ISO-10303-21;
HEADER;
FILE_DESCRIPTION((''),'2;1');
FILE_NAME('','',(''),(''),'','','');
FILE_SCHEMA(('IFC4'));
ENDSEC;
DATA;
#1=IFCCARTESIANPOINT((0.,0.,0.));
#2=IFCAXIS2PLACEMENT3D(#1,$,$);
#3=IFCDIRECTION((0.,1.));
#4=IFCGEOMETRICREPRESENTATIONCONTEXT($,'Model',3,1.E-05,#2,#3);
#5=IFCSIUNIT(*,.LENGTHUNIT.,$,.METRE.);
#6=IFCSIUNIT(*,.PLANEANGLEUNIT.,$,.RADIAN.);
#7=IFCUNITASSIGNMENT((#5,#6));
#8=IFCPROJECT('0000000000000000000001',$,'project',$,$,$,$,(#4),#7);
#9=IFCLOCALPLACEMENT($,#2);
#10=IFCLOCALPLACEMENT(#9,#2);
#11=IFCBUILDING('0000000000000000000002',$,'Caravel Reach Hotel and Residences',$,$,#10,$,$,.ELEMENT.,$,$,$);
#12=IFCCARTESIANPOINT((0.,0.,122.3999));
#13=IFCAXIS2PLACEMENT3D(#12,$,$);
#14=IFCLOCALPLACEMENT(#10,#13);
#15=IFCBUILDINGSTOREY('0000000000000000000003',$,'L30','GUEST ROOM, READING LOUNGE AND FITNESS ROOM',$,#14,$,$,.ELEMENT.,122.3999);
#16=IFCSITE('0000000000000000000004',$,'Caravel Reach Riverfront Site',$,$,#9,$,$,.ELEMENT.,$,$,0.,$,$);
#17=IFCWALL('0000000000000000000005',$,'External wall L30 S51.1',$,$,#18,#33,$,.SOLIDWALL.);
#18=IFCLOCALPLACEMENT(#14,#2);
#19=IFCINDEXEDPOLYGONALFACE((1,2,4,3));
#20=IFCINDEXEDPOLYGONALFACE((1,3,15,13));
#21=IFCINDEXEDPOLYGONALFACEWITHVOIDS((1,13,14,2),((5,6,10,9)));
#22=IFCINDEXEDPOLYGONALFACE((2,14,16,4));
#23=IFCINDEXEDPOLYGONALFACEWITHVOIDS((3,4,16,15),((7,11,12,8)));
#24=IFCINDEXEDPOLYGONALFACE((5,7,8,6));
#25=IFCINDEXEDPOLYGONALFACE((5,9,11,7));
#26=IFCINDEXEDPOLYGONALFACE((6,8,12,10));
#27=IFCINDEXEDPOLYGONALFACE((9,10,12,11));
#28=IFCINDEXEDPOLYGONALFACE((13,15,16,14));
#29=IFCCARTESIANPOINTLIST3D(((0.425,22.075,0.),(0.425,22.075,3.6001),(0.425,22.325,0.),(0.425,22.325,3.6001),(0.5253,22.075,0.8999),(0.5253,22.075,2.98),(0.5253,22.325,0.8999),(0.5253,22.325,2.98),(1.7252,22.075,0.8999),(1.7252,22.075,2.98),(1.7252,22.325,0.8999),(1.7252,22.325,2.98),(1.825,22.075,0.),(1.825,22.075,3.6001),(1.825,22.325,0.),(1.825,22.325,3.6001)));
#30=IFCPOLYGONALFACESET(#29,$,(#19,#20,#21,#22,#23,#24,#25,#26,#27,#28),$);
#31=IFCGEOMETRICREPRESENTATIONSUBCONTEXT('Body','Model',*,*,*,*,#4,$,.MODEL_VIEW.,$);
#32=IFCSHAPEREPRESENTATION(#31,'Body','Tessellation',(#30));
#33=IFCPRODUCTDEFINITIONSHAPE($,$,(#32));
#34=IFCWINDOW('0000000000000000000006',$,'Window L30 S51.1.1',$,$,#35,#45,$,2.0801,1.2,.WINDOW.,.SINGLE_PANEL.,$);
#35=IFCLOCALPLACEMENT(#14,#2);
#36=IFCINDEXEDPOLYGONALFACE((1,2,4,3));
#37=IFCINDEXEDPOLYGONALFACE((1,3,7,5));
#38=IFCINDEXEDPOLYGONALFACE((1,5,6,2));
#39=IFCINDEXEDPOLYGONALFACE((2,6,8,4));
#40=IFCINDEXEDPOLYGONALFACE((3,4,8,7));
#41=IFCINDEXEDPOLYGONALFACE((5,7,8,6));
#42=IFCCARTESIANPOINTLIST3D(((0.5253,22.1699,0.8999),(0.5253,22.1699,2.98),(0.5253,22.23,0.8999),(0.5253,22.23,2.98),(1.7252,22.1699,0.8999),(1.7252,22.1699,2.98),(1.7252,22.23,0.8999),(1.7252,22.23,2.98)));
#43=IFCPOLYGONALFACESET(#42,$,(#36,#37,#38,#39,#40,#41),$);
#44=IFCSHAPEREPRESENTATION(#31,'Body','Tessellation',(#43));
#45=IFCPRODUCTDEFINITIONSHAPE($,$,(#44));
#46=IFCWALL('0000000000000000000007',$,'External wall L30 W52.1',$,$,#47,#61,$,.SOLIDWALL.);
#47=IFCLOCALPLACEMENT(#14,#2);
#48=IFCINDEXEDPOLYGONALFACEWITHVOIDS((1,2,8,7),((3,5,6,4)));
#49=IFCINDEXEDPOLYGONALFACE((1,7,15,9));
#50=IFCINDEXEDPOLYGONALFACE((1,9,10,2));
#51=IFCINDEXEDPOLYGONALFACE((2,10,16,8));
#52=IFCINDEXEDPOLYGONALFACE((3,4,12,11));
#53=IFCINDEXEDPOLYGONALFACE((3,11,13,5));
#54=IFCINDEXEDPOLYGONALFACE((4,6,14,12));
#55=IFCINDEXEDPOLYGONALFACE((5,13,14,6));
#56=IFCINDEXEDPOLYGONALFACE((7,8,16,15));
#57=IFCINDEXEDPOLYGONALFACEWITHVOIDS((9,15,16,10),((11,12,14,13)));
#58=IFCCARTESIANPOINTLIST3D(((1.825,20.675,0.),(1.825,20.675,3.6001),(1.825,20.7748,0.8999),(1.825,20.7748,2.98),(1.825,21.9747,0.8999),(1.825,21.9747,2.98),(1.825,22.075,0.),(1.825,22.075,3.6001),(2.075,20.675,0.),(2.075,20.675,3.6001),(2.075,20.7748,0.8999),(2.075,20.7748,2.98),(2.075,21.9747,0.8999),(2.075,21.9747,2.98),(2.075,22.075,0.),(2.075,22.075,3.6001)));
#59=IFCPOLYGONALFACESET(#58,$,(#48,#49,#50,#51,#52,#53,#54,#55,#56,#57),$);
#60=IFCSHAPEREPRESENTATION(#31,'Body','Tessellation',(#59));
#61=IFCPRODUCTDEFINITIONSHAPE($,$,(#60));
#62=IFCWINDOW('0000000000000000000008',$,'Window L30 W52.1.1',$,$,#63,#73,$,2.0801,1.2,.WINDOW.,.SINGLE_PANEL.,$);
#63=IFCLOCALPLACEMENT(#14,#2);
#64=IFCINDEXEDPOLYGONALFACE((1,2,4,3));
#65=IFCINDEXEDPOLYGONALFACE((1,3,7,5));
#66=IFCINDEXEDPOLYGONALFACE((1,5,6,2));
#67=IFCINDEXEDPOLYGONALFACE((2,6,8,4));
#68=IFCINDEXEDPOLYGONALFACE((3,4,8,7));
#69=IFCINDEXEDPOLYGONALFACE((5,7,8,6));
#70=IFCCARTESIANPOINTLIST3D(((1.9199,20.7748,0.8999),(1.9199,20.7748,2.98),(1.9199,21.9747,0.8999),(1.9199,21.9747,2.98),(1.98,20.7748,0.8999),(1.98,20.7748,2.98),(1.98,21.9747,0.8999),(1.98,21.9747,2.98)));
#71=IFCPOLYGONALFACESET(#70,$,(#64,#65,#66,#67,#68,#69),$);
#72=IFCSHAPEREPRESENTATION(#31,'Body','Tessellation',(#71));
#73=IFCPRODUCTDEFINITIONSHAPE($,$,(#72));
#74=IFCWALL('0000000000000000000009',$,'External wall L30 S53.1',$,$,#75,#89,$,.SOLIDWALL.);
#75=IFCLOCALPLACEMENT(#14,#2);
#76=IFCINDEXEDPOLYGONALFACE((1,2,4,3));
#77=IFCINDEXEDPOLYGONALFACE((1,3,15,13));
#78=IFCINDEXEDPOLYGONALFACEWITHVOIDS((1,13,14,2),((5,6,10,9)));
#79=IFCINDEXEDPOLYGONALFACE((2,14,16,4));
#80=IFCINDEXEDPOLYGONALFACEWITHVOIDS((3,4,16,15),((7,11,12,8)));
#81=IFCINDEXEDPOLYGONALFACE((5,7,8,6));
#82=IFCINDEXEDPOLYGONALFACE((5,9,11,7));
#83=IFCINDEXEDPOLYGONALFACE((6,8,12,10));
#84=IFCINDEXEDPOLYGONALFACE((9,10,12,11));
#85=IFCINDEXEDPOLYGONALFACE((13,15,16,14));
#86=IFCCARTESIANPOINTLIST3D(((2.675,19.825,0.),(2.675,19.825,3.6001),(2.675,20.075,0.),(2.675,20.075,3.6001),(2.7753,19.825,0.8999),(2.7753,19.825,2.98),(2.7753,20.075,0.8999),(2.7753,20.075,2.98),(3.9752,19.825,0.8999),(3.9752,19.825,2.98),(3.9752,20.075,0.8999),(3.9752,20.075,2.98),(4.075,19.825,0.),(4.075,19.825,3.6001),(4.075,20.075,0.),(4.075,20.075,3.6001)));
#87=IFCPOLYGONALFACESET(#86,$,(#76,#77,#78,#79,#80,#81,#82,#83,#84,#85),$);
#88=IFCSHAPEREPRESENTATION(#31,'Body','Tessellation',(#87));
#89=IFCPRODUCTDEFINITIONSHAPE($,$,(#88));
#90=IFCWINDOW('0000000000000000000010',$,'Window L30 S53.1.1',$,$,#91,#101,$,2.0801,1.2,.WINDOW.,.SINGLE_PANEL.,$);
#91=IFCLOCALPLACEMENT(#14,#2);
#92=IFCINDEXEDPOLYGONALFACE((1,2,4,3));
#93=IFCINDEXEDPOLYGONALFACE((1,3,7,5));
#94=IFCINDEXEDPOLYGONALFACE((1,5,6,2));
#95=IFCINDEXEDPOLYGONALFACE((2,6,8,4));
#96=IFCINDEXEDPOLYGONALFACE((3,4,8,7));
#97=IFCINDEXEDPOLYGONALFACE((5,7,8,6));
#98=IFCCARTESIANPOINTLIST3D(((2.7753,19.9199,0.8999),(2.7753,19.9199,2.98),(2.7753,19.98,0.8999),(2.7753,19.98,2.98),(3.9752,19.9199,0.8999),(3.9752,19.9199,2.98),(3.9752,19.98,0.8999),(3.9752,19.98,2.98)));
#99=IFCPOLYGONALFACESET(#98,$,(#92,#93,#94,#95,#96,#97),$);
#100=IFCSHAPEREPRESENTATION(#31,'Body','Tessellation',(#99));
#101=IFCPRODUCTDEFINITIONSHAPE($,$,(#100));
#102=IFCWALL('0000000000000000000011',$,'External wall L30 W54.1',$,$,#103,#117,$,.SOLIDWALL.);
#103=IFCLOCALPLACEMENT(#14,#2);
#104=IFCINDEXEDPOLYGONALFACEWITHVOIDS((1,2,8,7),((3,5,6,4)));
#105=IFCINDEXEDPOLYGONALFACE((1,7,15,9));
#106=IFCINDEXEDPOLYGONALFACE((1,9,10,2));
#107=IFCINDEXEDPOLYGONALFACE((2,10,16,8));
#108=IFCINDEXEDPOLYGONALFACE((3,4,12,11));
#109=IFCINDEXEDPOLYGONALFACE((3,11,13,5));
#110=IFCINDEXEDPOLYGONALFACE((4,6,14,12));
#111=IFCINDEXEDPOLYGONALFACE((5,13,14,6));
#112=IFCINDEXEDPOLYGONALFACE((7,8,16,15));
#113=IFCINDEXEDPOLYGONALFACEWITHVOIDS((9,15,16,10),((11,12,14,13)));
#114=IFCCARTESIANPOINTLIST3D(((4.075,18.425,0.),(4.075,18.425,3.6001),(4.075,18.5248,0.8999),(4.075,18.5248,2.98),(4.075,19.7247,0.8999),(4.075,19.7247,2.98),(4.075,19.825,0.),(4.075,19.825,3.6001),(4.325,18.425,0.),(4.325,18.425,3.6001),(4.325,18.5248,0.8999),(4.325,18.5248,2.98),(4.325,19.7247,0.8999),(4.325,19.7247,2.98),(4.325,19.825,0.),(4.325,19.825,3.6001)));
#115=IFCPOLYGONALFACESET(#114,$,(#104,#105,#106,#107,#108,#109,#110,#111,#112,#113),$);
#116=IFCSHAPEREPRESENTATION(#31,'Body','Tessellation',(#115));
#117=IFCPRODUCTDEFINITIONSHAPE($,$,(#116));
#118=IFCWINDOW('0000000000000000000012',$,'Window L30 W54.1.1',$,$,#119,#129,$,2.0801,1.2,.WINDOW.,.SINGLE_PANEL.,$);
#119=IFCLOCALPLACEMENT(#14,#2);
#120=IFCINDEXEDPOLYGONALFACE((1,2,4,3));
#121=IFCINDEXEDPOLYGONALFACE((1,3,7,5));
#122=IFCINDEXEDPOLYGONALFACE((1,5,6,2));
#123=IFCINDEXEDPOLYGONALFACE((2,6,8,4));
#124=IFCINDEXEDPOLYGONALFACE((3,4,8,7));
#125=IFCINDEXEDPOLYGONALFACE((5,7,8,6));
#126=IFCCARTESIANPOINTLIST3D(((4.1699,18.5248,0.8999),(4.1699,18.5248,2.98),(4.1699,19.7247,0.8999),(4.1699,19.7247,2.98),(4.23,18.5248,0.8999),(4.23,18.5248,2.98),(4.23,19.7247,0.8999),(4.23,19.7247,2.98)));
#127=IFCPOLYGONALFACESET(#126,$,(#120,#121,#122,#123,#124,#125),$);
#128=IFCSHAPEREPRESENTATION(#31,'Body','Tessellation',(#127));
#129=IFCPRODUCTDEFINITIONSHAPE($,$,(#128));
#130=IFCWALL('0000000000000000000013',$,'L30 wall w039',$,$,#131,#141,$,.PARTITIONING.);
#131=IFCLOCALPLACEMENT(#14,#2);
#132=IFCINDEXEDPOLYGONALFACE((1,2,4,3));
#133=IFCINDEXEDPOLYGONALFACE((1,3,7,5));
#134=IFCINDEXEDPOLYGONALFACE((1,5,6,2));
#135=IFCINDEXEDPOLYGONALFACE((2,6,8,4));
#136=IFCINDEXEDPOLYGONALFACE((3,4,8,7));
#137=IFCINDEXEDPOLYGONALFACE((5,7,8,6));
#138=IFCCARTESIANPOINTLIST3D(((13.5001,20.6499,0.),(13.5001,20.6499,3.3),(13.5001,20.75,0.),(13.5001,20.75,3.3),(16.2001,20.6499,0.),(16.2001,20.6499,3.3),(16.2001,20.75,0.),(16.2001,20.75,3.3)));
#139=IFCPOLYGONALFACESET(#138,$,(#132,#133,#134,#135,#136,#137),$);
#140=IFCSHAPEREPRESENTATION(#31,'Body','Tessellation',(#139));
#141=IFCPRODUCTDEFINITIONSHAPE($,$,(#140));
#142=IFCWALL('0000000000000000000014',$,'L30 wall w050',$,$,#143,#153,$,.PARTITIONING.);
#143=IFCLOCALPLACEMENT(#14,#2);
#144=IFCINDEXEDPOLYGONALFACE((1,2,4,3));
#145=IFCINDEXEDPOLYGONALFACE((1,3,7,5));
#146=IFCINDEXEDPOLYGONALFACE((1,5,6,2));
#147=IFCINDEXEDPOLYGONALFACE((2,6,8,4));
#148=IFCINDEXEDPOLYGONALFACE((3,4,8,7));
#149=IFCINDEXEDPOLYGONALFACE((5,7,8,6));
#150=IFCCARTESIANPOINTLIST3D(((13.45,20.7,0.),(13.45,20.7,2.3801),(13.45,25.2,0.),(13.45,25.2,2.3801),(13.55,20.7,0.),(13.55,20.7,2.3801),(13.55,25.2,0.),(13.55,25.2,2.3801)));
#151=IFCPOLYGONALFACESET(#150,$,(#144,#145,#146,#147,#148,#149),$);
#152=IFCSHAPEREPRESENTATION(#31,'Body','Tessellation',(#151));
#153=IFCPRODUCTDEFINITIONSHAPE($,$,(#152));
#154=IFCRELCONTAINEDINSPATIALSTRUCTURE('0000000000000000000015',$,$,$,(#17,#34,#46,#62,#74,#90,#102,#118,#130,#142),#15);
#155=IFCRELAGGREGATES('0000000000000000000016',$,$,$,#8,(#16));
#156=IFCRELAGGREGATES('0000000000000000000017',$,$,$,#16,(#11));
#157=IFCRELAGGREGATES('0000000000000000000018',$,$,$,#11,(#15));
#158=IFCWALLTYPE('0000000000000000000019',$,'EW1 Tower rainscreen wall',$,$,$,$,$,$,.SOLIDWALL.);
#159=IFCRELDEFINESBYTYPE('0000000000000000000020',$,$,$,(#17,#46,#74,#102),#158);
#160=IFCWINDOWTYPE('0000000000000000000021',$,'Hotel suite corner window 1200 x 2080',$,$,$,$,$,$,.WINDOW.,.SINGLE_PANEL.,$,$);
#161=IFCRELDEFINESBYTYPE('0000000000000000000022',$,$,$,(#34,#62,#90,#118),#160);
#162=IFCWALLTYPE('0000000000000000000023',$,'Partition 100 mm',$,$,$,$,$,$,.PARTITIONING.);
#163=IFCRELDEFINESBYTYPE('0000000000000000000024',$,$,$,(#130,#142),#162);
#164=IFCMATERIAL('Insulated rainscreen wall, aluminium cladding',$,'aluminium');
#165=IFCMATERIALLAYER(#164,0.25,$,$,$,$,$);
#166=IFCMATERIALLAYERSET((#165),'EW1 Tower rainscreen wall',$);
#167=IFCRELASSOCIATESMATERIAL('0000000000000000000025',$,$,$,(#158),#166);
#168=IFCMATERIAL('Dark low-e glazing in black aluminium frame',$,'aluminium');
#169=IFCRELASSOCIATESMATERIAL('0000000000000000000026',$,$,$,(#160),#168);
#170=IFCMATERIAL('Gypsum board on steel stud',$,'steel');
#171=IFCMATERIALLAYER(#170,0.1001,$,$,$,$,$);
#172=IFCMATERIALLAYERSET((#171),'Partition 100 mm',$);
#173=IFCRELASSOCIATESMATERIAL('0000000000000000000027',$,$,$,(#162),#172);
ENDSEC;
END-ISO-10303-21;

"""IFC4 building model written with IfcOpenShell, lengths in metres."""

from ifc_helpers import new_model, si_unit, direction, frame, frame_2d, origin, place, context, subcontext, project, spatial, rectangle, extrude, material, layer, layer_set, type_object, element, fill, save


model = new_model("IFC4")

# Units and contexts
model_context = context("Model", 3, precision=1e-05, world=origin(), true_north=direction((0.0, 1.0)))
body_context = subcontext(model_context, "Body", "Model", "MODEL_VIEW")
ifc_project = project(units=[si_unit("LENGTHUNIT", "METRE"), si_unit("PLANEANGLEUNIT", "RADIAN")], contexts=[model_context])

# Site, building, storey
site_placement = place(None, origin())
site = spatial("IfcSite", under=ifc_project, at=site_placement, Name="Caravel Reach Riverfront Site", CompositionType="ELEMENT", RefElevation=0.0)
building_placement = place(site_placement, origin())
building = spatial("IfcBuilding", under=site, at=building_placement, Name="Caravel Reach Hotel and Residences", CompositionType="ELEMENT")
storey_placement = place(building_placement, frame((0.0, 0.0, 122.3999)))
storey = spatial("IfcBuildingStorey", under=building, at=storey_placement, Name="L30", Description="GUEST ROOM, READING LOUNGE AND FITNESS ROOM", CompositionType="ELEMENT", Elevation=122.3999)

# Walls, openings, windows
ifc_material_1 = material(Name="Insulated rainscreen wall, aluminium cladding", Category="aluminium")
ifc_layer_1 = layer(ifc_material_1, 0.25)
ifc_layer_set_1 = layer_set([ifc_layer_1], Name="EW1 Tower rainscreen wall")
wall_type_1 = type_object("IfcWallType", Name="EW1 Tower rainscreen wall", PredefinedType="SOLIDWALL", material=ifc_layer_set_1)
wall_1_placement = place(storey_placement, frame((0.425, 22.2, 0.0), z_axis=(0.0, 0.0, 1.0), x_axis=(1.0, 0.0, 0.0)))
wall_1 = element("IfcWall", 1, at=wall_1_placement, inside=storey, type_object=wall_type_1, Name="External wall L30 S51.1", PredefinedType="SOLIDWALL", context=body_context, shape_type="SweptSolid", body=[
    extrude(rectangle(XDim=1.3999, YDim=0.25, at=frame_2d((0.7, 0.0))), origin(), (0.0, 0.0, 1.0), 3.6001),
])
opening_1_placement = place(wall_1_placement, frame((0.1001, 0.0, 0.8999)))
opening_1 = element("IfcOpeningElement", 2, at=opening_1_placement, cuts=wall_1, PredefinedType="OPENING", context=body_context, shape_type="SweptSolid", body=[
    extrude(rectangle(XDim=1.2, YDim=2.0801, at=frame_2d((0.6001, 1.04))), frame((0.0, 0.135, 0.0), z_axis=(0.0, -1.0, 0.0), x_axis=(1.0, 0.0, 0.0)), (0.0, 0.0, 1.0), 0.27),
])
ifc_material_2 = material(Name="Dark low-e glazing in black aluminium frame", Category="aluminium")
window_type = type_object("IfcWindowType", Name="Hotel suite corner window 1200 x 2080", PartitioningType="SINGLE_PANEL", PredefinedType="WINDOW", material=ifc_material_2)
window_1_placement = place(opening_1_placement, origin())
window_1 = element("IfcWindow", 3, at=window_1_placement, inside=storey, type_object=window_type, Name="Window L30 S51.1.1", OverallHeight=2.0801, OverallWidth=1.2, PartitioningType="SINGLE_PANEL", PredefinedType="WINDOW", context=body_context, shape_type="SweptSolid", body=[
    extrude(rectangle(XDim=1.2, YDim=2.0801, at=frame_2d((0.6001, 1.04))), frame((0.0, 0.03, 0.0), z_axis=(0.0, -1.0, 0.0), x_axis=(1.0, 0.0, 0.0)), (0.0, 0.0, 1.0), 0.0601),
])
fill(opening_1, window_1)
wall_2_placement = place(storey_placement, frame((1.95, 22.075, 0.0), z_axis=(0.0, 0.0, 1.0), x_axis=(0.0, -1.0, 0.0)))
wall_2 = element("IfcWall", 4, at=wall_2_placement, inside=storey, type_object=wall_type_1, Name="External wall L30 W52.1", PredefinedType="SOLIDWALL", context=body_context, shape_type="SweptSolid", body=[
    extrude(rectangle(XDim=1.3999, YDim=0.25, at=frame_2d((0.7, 0.0))), origin(), (0.0, 0.0, 1.0), 3.6001),
])
opening_2_placement = place(wall_2_placement, frame((0.1001, 0.0, 0.8999)))
opening_2 = element("IfcOpeningElement", 5, at=opening_2_placement, cuts=wall_2, PredefinedType="OPENING", context=body_context, shape_type="SweptSolid", body=[
    extrude(rectangle(XDim=1.2, YDim=2.0801, at=frame_2d((0.6001, 1.04))), frame((0.0, 0.135, 0.0), z_axis=(0.0, -1.0, 0.0), x_axis=(1.0, 0.0, 0.0)), (0.0, 0.0, 1.0), 0.27),
])
window_2_placement = place(opening_2_placement, origin())
window_2 = element("IfcWindow", 6, at=window_2_placement, inside=storey, type_object=window_type, Name="Window L30 W52.1.1", OverallHeight=2.0801, OverallWidth=1.2, PartitioningType="SINGLE_PANEL", PredefinedType="WINDOW", context=body_context, shape_type="SweptSolid", body=[
    extrude(rectangle(XDim=1.2, YDim=2.0801, at=frame_2d((0.6001, 1.04))), frame((0.0, 0.03, 0.0), z_axis=(0.0, -1.0, 0.0), x_axis=(1.0, 0.0, 0.0)), (0.0, 0.0, 1.0), 0.0601),
])
fill(opening_2, window_2)
wall_3_placement = place(storey_placement, frame((2.675, 19.95, 0.0), z_axis=(0.0, 0.0, 1.0), x_axis=(1.0, 0.0, 0.0)))
wall_3 = element("IfcWall", 7, at=wall_3_placement, inside=storey, type_object=wall_type_1, Name="External wall L30 S53.1", PredefinedType="SOLIDWALL", context=body_context, shape_type="SweptSolid", body=[
    extrude(rectangle(XDim=1.3999, YDim=0.25, at=frame_2d((0.7, 0.0))), origin(), (0.0, 0.0, 1.0), 3.6001),
])
opening_3_placement = place(wall_3_placement, frame((0.1001, 0.0, 0.8999)))
opening_3 = element("IfcOpeningElement", 8, at=opening_3_placement, cuts=wall_3, PredefinedType="OPENING", context=body_context, shape_type="SweptSolid", body=[
    extrude(rectangle(XDim=1.2, YDim=2.0801, at=frame_2d((0.6001, 1.04))), frame((0.0, 0.135, 0.0), z_axis=(0.0, -1.0, 0.0), x_axis=(1.0, 0.0, 0.0)), (0.0, 0.0, 1.0), 0.27),
])
window_3_placement = place(opening_3_placement, origin())
window_3 = element("IfcWindow", 9, at=window_3_placement, inside=storey, type_object=window_type, Name="Window L30 S53.1.1", OverallHeight=2.0801, OverallWidth=1.2, PartitioningType="SINGLE_PANEL", PredefinedType="WINDOW", context=body_context, shape_type="SweptSolid", body=[
    extrude(rectangle(XDim=1.2, YDim=2.0801, at=frame_2d((0.6001, 1.04))), frame((0.0, 0.03, 0.0), z_axis=(0.0, -1.0, 0.0), x_axis=(1.0, 0.0, 0.0)), (0.0, 0.0, 1.0), 0.0601),
])
fill(opening_3, window_3)
wall_4_placement = place(storey_placement, frame((4.2, 19.825, 0.0), z_axis=(0.0, 0.0, 1.0), x_axis=(0.0, -1.0, 0.0)))
wall_4 = element("IfcWall", 10, at=wall_4_placement, inside=storey, type_object=wall_type_1, Name="External wall L30 W54.1", PredefinedType="SOLIDWALL", context=body_context, shape_type="SweptSolid", body=[
    extrude(rectangle(XDim=1.3999, YDim=0.25, at=frame_2d((0.7, 0.0))), origin(), (0.0, 0.0, 1.0), 3.6001),
])
opening_4_placement = place(wall_4_placement, frame((0.1001, 0.0, 0.8999)))
opening_4 = element("IfcOpeningElement", 11, at=opening_4_placement, cuts=wall_4, PredefinedType="OPENING", context=body_context, shape_type="SweptSolid", body=[
    extrude(rectangle(XDim=1.2, YDim=2.0801, at=frame_2d((0.6001, 1.04))), frame((0.0, 0.135, 0.0), z_axis=(0.0, -1.0, 0.0), x_axis=(1.0, 0.0, 0.0)), (0.0, 0.0, 1.0), 0.27),
])
window_4_placement = place(opening_4_placement, origin())
window_4 = element("IfcWindow", 12, at=window_4_placement, inside=storey, type_object=window_type, Name="Window L30 W54.1.1", OverallHeight=2.0801, OverallWidth=1.2, PartitioningType="SINGLE_PANEL", PredefinedType="WINDOW", context=body_context, shape_type="SweptSolid", body=[
    extrude(rectangle(XDim=1.2, YDim=2.0801, at=frame_2d((0.6001, 1.04))), frame((0.0, 0.03, 0.0), z_axis=(0.0, -1.0, 0.0), x_axis=(1.0, 0.0, 0.0)), (0.0, 0.0, 1.0), 0.0601),
])
fill(opening_4, window_4)

# Walls
ifc_material_3 = material(Name="Gypsum board on steel stud", Category="steel")
ifc_layer_2 = layer(ifc_material_3, 0.1001)
ifc_layer_set_2 = layer_set([ifc_layer_2], Name="Partition 100 mm")
wall_type_2 = type_object("IfcWallType", Name="Partition 100 mm", PredefinedType="PARTITIONING", material=ifc_layer_set_2)
wall_5_placement = place(storey_placement, frame((13.5, 20.7, 0.0), z_axis=(0.0, 0.0, 1.0), x_axis=(1.0, 0.0, 0.0)))
element("IfcWall", 13, at=wall_5_placement, inside=storey, type_object=wall_type_2, Name="L30 wall w039", PredefinedType="PARTITIONING", context=body_context, shape_type="SweptSolid", body=[
    extrude(rectangle(XDim=2.7, YDim=0.1001, at=frame_2d((1.3501, 0.0))), origin(), (0.0, 0.0, 1.0), 3.3),
])
wall_6_placement = place(storey_placement, frame((13.5, 20.7, 0.0), z_axis=(0.0, 0.0, 1.0), x_axis=(0.0, 1.0, 0.0)))
element("IfcWall", 14, at=wall_6_placement, inside=storey, type_object=wall_type_2, Name="L30 wall w050", PredefinedType="PARTITIONING", context=body_context, shape_type="SweptSolid", body=[
    extrude(rectangle(XDim=4.5, YDim=0.1001, at=frame_2d((2.25, 0.0))), origin(), (0.0, 0.0, 1.0), 2.3801),
])

save(model, "model.ifc")
